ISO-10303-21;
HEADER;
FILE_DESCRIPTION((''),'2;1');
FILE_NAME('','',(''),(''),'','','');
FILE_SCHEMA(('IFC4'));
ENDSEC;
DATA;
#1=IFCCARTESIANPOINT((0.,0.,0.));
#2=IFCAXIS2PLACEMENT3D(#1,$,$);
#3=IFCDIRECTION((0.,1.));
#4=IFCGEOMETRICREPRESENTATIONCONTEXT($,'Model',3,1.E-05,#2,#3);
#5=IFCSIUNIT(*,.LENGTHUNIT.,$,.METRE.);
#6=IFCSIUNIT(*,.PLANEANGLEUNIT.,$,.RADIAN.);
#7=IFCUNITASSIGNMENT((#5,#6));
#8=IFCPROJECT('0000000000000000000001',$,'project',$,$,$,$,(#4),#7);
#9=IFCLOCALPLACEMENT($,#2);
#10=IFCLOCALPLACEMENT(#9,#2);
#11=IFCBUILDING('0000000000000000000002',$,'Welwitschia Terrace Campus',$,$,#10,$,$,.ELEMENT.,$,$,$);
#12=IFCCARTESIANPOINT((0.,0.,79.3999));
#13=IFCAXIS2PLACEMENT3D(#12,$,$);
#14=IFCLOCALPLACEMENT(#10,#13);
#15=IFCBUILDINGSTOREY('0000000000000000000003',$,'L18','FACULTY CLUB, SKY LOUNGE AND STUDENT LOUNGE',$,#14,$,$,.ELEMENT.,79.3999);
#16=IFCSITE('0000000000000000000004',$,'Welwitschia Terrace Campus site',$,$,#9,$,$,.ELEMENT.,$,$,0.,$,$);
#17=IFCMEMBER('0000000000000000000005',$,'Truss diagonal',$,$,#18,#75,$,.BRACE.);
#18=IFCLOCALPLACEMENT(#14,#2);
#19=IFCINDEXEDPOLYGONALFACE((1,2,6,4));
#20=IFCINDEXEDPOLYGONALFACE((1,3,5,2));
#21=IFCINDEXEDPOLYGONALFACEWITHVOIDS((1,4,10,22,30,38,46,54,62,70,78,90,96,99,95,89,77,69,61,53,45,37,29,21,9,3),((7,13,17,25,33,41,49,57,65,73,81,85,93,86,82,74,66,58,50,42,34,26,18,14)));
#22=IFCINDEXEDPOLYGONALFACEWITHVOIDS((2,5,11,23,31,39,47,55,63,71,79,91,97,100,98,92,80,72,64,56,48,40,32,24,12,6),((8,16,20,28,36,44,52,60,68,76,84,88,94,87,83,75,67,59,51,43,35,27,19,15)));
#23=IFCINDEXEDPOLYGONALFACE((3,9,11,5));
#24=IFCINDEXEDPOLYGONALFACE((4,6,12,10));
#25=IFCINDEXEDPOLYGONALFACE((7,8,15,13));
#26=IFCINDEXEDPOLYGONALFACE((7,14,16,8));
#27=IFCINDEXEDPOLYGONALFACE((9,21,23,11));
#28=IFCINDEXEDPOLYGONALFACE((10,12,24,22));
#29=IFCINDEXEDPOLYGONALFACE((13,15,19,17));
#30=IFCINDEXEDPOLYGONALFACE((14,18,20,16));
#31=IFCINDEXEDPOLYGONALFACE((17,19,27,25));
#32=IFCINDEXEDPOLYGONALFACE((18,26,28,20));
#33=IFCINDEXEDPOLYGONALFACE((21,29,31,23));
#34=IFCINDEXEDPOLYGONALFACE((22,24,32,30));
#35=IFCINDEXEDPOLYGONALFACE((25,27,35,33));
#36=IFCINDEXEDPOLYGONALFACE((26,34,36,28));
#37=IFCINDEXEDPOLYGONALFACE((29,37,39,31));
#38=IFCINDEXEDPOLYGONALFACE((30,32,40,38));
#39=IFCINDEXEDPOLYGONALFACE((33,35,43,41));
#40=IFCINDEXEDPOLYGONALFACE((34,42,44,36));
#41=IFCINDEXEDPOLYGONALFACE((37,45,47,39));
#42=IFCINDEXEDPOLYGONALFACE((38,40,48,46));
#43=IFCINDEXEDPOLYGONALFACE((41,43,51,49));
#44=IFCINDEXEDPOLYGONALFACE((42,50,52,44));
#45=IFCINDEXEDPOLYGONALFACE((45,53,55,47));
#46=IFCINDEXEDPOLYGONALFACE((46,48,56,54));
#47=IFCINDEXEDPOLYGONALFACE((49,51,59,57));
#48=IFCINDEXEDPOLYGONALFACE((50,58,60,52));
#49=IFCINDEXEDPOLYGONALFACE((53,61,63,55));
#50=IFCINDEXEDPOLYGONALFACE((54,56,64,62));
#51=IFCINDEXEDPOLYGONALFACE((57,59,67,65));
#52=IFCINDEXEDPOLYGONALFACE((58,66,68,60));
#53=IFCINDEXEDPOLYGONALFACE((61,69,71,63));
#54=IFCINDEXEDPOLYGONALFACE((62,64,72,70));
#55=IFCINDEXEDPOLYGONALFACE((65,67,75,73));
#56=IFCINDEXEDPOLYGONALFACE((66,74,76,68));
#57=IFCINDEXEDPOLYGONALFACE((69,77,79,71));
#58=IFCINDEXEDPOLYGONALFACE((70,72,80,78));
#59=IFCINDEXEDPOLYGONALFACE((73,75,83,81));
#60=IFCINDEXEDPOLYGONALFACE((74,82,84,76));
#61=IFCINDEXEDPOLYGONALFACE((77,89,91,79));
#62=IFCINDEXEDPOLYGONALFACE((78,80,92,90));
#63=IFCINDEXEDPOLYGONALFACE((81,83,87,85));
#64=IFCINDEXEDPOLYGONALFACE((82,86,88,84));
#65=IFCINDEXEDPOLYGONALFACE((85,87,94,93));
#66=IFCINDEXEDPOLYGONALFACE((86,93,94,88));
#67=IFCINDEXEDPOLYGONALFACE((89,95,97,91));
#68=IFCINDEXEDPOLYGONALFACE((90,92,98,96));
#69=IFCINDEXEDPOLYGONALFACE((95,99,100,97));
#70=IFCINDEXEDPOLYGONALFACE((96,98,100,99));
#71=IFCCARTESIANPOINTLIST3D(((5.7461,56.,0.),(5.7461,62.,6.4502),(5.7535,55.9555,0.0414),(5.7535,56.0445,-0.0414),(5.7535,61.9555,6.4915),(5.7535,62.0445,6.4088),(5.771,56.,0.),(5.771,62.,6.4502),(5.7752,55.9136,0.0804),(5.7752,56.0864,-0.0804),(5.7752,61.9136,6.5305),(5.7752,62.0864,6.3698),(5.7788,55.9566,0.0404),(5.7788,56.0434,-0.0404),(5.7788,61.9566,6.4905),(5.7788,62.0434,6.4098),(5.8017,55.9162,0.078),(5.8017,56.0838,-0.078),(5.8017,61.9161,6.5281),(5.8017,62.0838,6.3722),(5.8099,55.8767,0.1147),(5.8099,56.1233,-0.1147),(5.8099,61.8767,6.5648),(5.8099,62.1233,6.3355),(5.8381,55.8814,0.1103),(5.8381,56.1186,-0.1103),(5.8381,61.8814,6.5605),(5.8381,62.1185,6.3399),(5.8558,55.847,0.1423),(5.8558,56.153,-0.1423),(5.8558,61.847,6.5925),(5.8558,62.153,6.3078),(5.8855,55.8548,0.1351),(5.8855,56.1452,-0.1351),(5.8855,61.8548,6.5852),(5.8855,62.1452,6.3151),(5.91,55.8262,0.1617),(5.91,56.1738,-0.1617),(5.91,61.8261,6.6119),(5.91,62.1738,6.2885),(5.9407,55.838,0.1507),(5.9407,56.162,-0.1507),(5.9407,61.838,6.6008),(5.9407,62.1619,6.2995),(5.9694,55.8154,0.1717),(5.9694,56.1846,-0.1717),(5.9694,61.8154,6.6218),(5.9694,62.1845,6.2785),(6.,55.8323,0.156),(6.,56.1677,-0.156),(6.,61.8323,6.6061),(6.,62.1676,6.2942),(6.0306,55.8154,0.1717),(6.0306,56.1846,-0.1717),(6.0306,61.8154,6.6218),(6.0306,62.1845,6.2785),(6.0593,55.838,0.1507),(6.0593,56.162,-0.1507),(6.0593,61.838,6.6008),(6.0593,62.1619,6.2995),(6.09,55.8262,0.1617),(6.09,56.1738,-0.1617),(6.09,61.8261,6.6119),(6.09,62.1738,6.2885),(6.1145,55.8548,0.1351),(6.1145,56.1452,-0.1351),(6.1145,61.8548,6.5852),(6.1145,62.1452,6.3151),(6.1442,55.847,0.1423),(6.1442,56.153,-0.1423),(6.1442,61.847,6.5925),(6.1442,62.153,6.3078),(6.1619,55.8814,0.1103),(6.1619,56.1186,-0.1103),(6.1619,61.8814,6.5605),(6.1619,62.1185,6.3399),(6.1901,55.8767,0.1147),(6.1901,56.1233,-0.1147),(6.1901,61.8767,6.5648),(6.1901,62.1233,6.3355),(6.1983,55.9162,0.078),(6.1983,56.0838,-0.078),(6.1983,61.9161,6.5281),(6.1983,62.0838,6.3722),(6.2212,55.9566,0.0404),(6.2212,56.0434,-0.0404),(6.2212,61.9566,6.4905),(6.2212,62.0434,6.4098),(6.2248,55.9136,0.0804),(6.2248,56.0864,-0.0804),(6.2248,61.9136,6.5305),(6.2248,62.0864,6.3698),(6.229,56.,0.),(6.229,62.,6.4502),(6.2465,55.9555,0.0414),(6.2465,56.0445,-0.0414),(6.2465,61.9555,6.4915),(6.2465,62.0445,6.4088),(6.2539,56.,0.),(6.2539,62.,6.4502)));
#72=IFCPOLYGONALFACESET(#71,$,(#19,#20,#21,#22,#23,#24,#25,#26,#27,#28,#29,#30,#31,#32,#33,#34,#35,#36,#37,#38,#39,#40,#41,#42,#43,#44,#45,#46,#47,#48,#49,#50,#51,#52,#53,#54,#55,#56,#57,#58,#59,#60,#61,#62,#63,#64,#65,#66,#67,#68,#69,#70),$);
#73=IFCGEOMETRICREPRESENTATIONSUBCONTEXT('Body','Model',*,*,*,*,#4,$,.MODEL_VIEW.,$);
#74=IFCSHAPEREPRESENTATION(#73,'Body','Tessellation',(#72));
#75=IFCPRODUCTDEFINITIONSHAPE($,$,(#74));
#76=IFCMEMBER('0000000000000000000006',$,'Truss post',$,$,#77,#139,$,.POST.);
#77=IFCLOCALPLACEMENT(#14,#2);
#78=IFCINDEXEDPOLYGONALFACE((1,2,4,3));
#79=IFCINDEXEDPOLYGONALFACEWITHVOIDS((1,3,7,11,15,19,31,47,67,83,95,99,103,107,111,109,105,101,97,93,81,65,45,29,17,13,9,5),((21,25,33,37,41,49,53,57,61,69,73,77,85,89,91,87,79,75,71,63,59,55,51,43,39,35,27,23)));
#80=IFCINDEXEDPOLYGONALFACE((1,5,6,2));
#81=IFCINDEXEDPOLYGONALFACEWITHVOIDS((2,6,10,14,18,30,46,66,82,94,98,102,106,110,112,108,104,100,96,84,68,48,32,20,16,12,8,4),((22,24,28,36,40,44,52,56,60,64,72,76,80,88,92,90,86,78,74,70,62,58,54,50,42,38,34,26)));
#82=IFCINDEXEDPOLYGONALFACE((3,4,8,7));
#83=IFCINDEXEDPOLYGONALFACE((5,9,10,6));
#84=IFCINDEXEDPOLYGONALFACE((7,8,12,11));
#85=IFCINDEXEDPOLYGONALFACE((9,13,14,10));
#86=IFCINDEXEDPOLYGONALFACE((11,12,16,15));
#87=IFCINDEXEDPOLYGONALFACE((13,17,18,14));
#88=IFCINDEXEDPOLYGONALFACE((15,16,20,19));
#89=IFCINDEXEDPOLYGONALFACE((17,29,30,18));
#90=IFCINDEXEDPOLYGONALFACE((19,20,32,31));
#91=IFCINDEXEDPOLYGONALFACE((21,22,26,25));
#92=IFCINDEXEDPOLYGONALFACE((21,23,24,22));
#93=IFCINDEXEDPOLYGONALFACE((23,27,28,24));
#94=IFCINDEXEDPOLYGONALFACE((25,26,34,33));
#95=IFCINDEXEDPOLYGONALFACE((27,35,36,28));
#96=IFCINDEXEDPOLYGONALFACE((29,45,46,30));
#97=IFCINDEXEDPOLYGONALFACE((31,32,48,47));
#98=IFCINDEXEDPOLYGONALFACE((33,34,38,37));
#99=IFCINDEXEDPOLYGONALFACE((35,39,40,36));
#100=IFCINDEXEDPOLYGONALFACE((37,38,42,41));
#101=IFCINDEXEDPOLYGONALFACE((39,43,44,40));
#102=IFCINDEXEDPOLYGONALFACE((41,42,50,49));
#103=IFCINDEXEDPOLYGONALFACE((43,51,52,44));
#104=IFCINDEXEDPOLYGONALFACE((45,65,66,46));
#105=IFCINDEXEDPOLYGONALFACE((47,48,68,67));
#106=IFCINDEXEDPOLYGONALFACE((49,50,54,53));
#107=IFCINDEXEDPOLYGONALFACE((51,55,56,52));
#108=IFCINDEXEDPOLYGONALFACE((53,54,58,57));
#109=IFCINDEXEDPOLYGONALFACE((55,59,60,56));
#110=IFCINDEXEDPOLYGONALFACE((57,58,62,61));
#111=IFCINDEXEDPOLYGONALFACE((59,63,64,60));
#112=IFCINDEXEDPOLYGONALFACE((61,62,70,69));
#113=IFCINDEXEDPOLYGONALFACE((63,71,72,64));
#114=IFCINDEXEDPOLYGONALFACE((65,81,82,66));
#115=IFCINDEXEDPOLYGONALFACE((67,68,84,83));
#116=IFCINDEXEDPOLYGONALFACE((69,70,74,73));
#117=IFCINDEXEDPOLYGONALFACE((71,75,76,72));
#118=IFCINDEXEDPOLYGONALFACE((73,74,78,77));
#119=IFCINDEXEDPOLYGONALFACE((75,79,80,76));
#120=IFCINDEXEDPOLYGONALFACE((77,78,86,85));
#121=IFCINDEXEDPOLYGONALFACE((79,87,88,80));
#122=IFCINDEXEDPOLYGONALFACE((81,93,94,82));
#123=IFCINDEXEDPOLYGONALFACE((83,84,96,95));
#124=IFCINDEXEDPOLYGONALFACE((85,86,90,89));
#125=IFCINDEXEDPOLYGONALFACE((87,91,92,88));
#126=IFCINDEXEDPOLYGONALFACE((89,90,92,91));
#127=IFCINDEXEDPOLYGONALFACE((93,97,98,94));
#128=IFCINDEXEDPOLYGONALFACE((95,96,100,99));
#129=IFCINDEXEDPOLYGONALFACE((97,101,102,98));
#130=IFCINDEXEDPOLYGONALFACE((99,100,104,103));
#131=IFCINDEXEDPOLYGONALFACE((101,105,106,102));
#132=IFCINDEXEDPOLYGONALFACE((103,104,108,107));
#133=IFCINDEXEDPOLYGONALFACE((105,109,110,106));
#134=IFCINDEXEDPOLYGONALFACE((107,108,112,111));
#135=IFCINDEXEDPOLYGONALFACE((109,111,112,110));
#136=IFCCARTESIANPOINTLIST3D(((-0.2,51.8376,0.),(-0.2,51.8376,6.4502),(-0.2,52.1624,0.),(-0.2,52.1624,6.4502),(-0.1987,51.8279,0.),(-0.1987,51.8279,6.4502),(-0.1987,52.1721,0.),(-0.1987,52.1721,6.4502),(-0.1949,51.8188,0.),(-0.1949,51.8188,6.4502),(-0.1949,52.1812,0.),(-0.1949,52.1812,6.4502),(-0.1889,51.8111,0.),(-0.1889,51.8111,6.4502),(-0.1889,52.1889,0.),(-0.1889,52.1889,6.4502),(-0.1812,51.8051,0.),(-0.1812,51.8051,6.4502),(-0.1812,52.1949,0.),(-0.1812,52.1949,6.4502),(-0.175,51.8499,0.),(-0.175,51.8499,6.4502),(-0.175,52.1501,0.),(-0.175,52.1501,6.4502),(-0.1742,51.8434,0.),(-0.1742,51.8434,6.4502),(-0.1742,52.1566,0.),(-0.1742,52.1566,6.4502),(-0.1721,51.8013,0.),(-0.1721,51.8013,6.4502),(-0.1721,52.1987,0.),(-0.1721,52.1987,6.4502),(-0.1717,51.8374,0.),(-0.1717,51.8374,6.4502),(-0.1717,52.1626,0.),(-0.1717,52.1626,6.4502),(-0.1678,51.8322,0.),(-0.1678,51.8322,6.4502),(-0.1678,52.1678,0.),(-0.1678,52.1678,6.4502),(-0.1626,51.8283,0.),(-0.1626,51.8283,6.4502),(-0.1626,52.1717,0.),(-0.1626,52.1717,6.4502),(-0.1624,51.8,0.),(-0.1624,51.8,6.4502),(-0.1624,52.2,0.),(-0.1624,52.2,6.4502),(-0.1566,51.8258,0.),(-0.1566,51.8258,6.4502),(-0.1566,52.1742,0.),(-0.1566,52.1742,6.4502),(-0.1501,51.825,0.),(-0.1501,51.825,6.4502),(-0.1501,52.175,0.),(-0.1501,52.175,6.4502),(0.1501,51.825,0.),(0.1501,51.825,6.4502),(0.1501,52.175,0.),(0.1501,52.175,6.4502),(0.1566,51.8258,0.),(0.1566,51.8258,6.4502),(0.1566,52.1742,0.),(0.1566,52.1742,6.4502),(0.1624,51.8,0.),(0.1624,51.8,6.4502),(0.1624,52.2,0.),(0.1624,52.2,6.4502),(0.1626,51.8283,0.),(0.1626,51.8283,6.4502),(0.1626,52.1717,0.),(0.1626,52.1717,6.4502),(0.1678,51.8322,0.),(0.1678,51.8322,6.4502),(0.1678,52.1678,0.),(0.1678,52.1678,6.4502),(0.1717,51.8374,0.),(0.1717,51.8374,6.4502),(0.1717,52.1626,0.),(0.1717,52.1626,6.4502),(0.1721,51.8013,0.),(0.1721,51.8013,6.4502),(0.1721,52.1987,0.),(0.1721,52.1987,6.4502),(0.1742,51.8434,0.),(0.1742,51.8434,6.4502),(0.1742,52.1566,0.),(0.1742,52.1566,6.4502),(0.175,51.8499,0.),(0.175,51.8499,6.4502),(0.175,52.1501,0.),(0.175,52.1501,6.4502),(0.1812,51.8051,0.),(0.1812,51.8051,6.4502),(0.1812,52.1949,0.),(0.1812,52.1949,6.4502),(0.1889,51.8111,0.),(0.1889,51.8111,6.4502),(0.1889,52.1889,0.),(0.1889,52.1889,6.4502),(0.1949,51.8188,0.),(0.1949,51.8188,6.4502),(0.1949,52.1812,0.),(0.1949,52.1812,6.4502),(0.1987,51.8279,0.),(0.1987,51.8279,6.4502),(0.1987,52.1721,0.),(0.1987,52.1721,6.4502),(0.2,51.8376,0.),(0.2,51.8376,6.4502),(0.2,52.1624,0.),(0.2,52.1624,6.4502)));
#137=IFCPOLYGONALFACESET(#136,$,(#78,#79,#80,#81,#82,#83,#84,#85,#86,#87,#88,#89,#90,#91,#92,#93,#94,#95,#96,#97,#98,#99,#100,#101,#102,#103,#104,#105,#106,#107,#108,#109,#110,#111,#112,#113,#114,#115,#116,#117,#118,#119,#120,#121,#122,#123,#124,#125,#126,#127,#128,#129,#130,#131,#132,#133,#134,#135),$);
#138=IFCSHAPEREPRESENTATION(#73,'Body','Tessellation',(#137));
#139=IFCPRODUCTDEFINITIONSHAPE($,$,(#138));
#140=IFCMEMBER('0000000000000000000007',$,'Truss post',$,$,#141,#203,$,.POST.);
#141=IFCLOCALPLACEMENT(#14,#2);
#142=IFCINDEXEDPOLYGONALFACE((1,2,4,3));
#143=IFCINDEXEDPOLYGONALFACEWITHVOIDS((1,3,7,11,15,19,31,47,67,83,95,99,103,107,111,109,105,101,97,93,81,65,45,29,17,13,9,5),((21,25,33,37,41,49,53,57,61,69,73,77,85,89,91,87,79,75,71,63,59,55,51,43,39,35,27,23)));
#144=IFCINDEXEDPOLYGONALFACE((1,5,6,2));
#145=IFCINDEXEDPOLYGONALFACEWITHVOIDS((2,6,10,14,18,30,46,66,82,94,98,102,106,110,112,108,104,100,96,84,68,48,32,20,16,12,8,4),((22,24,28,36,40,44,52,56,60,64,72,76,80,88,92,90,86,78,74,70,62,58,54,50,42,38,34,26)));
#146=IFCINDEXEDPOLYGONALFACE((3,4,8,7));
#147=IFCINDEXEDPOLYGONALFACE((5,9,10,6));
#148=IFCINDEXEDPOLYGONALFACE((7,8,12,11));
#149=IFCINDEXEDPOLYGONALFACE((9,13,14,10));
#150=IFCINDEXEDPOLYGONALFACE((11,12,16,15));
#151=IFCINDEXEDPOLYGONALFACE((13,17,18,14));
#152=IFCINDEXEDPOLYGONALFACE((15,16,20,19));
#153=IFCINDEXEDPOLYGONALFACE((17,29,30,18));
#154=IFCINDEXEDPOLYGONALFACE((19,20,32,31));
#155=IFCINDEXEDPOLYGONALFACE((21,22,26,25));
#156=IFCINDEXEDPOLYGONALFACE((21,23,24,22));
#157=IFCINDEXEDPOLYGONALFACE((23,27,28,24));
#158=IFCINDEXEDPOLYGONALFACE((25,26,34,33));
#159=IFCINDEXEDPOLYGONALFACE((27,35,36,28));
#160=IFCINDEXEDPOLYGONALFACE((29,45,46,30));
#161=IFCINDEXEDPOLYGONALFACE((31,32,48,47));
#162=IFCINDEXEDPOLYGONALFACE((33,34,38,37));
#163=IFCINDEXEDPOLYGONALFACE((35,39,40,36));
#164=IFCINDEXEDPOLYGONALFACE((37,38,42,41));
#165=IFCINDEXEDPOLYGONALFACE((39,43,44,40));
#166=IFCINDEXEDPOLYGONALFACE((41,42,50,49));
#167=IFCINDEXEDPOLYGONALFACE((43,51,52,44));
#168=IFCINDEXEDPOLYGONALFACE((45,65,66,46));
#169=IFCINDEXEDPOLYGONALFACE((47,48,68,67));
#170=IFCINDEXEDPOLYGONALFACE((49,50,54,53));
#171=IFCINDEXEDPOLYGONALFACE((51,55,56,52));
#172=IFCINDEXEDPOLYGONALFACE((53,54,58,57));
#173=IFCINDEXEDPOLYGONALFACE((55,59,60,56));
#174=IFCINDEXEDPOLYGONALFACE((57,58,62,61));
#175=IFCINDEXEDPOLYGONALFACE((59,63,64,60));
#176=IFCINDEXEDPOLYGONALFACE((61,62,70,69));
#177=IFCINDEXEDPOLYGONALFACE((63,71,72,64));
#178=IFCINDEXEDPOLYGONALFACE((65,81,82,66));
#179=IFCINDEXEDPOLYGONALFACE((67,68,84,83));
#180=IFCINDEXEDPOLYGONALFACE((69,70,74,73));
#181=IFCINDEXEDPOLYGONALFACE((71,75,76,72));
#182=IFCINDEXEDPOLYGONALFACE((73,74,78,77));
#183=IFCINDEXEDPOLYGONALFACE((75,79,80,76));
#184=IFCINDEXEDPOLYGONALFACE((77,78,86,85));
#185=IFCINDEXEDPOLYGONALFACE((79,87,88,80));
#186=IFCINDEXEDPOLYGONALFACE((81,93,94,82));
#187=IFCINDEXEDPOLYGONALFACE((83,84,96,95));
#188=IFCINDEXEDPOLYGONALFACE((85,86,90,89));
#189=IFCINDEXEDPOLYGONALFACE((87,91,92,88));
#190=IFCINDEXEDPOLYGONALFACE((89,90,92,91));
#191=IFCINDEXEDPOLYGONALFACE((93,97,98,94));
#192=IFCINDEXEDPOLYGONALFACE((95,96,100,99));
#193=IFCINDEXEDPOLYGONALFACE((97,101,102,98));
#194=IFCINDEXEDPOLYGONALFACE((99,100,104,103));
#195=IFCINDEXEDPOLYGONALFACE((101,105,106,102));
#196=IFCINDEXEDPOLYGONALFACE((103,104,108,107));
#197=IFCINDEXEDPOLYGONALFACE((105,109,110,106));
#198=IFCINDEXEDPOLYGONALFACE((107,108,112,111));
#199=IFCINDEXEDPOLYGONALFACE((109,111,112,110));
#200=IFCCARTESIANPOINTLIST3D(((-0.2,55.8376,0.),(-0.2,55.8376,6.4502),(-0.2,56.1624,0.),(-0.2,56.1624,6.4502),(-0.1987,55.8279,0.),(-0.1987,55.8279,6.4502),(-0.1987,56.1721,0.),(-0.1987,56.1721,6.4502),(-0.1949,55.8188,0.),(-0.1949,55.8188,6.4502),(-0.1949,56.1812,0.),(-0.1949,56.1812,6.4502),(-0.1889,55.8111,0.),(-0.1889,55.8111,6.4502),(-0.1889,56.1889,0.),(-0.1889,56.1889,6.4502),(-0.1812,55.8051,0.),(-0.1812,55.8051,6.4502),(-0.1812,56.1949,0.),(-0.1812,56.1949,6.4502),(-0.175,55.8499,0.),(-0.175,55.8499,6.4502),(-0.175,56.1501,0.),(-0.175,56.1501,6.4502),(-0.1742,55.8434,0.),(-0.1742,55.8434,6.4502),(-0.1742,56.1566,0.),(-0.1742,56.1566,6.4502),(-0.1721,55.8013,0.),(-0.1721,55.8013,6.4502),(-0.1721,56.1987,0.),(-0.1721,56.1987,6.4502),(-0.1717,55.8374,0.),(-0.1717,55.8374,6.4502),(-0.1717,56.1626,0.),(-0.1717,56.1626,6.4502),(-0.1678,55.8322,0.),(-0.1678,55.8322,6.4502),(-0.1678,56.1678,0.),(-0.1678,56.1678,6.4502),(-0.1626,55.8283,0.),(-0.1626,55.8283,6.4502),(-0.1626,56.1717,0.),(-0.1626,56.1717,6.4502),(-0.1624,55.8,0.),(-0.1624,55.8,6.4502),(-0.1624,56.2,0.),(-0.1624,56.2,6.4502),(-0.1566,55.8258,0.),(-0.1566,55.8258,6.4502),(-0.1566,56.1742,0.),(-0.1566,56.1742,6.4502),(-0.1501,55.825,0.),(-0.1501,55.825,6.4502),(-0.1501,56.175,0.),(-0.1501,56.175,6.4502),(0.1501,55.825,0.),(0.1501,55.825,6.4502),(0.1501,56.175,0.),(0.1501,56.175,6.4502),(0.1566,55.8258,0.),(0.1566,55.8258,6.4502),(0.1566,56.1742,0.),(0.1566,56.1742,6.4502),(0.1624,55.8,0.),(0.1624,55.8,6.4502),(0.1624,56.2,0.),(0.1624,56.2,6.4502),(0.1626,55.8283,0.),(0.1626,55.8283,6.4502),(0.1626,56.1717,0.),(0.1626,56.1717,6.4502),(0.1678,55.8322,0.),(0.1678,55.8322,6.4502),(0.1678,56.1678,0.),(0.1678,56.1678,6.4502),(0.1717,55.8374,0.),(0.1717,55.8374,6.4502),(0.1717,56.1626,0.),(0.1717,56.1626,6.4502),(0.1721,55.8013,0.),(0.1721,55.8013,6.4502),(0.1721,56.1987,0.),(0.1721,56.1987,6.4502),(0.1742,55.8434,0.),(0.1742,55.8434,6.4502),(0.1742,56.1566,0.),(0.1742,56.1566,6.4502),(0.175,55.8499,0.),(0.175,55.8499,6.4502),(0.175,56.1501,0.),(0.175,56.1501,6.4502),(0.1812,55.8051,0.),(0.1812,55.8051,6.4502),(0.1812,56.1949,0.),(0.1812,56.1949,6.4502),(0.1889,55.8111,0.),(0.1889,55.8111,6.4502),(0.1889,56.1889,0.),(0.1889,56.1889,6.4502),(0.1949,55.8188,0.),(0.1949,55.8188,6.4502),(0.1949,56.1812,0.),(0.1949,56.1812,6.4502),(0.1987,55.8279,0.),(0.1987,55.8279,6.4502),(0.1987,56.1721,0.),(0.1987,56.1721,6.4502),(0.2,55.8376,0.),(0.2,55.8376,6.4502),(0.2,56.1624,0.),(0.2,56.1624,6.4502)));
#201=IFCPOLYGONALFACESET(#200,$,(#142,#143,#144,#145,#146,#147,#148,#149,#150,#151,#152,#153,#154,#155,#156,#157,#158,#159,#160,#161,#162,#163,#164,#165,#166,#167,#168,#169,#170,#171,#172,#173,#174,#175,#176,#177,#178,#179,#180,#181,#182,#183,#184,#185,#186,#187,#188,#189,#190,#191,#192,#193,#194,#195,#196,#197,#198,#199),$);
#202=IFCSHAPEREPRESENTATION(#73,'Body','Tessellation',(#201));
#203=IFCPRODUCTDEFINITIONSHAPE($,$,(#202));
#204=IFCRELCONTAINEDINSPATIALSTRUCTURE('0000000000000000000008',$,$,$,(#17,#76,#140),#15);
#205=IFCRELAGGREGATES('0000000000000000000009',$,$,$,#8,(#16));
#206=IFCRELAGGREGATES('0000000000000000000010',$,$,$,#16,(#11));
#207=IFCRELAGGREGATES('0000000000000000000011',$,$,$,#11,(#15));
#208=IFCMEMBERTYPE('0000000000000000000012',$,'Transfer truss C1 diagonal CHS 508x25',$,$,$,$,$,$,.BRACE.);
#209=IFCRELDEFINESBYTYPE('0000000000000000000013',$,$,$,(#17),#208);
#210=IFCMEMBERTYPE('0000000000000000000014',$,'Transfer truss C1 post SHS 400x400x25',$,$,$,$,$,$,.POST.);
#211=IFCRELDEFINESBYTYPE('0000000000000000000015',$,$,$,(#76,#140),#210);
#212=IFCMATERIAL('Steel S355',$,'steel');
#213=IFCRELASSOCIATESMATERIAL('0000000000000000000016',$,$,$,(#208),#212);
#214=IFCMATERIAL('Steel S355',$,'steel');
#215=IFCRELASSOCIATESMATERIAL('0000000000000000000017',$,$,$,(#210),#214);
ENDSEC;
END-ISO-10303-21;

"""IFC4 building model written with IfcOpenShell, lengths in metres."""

from ifc_helpers import new_model, si_unit, direction, frame, origin, origin_2d, place, context, subcontext, project, spatial, hollow_rectangle, hollow_circle, extrude, material, material_profile, profile_set, type_object, element, save


model = new_model("IFC4")

# Units and contexts
model_context = context("Model", 3, precision=1e-05, world=origin(), true_north=direction((0.0, 1.0)))
body_context = subcontext(model_context, "Body", "Model", "MODEL_VIEW")
ifc_project = project(units=[si_unit("LENGTHUNIT", "METRE"), si_unit("PLANEANGLEUNIT", "RADIAN")], contexts=[model_context])

# Site, building, storey
site_placement = place(None, origin())
site = spatial("IfcSite", under=ifc_project, at=site_placement, Name="Welwitschia Terrace Campus site", CompositionType="ELEMENT", RefElevation=0.0)
building_placement = place(site_placement, origin())
building = spatial("IfcBuilding", under=site, at=building_placement, Name="Welwitschia Terrace Campus", CompositionType="ELEMENT")
storey_placement = place(building_placement, frame((0.0, 0.0, 79.3999)))
storey = spatial("IfcBuildingStorey", under=building, at=storey_placement, Name="L18", Description="FACULTY CLUB, SKY LOUNGE AND STUDENT LOUNGE", CompositionType="ELEMENT", Elevation=79.3999)

# Members
ifc_material_1 = material(Name="Steel S355", Category="steel")
ifc_material_profile_1 = material_profile(ifc_material_1, hollow_circle(Radius=0.2539, WallThickness=0.0249, at=origin_2d()))
ifc_profile_set_1 = profile_set([ifc_material_profile_1], Name="Steel S355")
member_type_1 = type_object("IfcMemberType", Name="Transfer truss C1 diagonal CHS 508x25", PredefinedType="BRACE", material=ifc_profile_set_1)
member_1_placement = place(storey_placement, frame((6.0, 56.0, 0.0), z_axis=(0.0, 0.681093, 0.732197), x_axis=(-1.0, 0.0, 0.0)))
element("IfcMember", 1, at=member_1_placement, inside=storey, type_object=member_type_1, Name="Truss diagonal", PredefinedType="BRACE", context=body_context, shape_type="SweptSolid", body=[
    extrude(hollow_circle(Radius=0.2539, WallThickness=0.0249, at=origin_2d()), origin(), (0.0, 0.0, 1.0), 8.8093),
])
ifc_material_2 = material(Name="Steel S355", Category="steel")
ifc_material_profile_2 = material_profile(ifc_material_2, hollow_rectangle(XDim=0.3999, YDim=0.3999, WallThickness=0.0249, InnerFilletRadius=0.0249, OuterFilletRadius=0.0376, at=origin_2d()))
ifc_profile_set_2 = profile_set([ifc_material_profile_2], Name="Steel S355")
member_type_2 = type_object("IfcMemberType", Name="Transfer truss C1 post SHS 400x400x25", PredefinedType="POST", material=ifc_profile_set_2)
for number, where, z_axis, x_axis, name in (
    (2, (0.0, 52.0, 0.0), (0.0, 0.0, 1.0), (1.0, 0.0, 0.0), "Truss post"),
    (3, (0.0, 56.0, 0.0), (0.0, 0.0, 1.0), (1.0, 0.0, 0.0), "Truss post"),
):
    element("IfcMember", number, at=place(storey_placement, frame(where, z_axis=z_axis, x_axis=x_axis)), inside=storey, type_object=member_type_2, Name=name, PredefinedType="POST", context=body_context, shape_type="SweptSolid", body=[
        extrude(hollow_rectangle(XDim=0.3999, YDim=0.3999, WallThickness=0.0249, InnerFilletRadius=0.0249, OuterFilletRadius=0.0376, at=origin_2d()), origin(), (0.0, 0.0, 1.0), 6.4502),
    ])

save(model, "model.ifc")
